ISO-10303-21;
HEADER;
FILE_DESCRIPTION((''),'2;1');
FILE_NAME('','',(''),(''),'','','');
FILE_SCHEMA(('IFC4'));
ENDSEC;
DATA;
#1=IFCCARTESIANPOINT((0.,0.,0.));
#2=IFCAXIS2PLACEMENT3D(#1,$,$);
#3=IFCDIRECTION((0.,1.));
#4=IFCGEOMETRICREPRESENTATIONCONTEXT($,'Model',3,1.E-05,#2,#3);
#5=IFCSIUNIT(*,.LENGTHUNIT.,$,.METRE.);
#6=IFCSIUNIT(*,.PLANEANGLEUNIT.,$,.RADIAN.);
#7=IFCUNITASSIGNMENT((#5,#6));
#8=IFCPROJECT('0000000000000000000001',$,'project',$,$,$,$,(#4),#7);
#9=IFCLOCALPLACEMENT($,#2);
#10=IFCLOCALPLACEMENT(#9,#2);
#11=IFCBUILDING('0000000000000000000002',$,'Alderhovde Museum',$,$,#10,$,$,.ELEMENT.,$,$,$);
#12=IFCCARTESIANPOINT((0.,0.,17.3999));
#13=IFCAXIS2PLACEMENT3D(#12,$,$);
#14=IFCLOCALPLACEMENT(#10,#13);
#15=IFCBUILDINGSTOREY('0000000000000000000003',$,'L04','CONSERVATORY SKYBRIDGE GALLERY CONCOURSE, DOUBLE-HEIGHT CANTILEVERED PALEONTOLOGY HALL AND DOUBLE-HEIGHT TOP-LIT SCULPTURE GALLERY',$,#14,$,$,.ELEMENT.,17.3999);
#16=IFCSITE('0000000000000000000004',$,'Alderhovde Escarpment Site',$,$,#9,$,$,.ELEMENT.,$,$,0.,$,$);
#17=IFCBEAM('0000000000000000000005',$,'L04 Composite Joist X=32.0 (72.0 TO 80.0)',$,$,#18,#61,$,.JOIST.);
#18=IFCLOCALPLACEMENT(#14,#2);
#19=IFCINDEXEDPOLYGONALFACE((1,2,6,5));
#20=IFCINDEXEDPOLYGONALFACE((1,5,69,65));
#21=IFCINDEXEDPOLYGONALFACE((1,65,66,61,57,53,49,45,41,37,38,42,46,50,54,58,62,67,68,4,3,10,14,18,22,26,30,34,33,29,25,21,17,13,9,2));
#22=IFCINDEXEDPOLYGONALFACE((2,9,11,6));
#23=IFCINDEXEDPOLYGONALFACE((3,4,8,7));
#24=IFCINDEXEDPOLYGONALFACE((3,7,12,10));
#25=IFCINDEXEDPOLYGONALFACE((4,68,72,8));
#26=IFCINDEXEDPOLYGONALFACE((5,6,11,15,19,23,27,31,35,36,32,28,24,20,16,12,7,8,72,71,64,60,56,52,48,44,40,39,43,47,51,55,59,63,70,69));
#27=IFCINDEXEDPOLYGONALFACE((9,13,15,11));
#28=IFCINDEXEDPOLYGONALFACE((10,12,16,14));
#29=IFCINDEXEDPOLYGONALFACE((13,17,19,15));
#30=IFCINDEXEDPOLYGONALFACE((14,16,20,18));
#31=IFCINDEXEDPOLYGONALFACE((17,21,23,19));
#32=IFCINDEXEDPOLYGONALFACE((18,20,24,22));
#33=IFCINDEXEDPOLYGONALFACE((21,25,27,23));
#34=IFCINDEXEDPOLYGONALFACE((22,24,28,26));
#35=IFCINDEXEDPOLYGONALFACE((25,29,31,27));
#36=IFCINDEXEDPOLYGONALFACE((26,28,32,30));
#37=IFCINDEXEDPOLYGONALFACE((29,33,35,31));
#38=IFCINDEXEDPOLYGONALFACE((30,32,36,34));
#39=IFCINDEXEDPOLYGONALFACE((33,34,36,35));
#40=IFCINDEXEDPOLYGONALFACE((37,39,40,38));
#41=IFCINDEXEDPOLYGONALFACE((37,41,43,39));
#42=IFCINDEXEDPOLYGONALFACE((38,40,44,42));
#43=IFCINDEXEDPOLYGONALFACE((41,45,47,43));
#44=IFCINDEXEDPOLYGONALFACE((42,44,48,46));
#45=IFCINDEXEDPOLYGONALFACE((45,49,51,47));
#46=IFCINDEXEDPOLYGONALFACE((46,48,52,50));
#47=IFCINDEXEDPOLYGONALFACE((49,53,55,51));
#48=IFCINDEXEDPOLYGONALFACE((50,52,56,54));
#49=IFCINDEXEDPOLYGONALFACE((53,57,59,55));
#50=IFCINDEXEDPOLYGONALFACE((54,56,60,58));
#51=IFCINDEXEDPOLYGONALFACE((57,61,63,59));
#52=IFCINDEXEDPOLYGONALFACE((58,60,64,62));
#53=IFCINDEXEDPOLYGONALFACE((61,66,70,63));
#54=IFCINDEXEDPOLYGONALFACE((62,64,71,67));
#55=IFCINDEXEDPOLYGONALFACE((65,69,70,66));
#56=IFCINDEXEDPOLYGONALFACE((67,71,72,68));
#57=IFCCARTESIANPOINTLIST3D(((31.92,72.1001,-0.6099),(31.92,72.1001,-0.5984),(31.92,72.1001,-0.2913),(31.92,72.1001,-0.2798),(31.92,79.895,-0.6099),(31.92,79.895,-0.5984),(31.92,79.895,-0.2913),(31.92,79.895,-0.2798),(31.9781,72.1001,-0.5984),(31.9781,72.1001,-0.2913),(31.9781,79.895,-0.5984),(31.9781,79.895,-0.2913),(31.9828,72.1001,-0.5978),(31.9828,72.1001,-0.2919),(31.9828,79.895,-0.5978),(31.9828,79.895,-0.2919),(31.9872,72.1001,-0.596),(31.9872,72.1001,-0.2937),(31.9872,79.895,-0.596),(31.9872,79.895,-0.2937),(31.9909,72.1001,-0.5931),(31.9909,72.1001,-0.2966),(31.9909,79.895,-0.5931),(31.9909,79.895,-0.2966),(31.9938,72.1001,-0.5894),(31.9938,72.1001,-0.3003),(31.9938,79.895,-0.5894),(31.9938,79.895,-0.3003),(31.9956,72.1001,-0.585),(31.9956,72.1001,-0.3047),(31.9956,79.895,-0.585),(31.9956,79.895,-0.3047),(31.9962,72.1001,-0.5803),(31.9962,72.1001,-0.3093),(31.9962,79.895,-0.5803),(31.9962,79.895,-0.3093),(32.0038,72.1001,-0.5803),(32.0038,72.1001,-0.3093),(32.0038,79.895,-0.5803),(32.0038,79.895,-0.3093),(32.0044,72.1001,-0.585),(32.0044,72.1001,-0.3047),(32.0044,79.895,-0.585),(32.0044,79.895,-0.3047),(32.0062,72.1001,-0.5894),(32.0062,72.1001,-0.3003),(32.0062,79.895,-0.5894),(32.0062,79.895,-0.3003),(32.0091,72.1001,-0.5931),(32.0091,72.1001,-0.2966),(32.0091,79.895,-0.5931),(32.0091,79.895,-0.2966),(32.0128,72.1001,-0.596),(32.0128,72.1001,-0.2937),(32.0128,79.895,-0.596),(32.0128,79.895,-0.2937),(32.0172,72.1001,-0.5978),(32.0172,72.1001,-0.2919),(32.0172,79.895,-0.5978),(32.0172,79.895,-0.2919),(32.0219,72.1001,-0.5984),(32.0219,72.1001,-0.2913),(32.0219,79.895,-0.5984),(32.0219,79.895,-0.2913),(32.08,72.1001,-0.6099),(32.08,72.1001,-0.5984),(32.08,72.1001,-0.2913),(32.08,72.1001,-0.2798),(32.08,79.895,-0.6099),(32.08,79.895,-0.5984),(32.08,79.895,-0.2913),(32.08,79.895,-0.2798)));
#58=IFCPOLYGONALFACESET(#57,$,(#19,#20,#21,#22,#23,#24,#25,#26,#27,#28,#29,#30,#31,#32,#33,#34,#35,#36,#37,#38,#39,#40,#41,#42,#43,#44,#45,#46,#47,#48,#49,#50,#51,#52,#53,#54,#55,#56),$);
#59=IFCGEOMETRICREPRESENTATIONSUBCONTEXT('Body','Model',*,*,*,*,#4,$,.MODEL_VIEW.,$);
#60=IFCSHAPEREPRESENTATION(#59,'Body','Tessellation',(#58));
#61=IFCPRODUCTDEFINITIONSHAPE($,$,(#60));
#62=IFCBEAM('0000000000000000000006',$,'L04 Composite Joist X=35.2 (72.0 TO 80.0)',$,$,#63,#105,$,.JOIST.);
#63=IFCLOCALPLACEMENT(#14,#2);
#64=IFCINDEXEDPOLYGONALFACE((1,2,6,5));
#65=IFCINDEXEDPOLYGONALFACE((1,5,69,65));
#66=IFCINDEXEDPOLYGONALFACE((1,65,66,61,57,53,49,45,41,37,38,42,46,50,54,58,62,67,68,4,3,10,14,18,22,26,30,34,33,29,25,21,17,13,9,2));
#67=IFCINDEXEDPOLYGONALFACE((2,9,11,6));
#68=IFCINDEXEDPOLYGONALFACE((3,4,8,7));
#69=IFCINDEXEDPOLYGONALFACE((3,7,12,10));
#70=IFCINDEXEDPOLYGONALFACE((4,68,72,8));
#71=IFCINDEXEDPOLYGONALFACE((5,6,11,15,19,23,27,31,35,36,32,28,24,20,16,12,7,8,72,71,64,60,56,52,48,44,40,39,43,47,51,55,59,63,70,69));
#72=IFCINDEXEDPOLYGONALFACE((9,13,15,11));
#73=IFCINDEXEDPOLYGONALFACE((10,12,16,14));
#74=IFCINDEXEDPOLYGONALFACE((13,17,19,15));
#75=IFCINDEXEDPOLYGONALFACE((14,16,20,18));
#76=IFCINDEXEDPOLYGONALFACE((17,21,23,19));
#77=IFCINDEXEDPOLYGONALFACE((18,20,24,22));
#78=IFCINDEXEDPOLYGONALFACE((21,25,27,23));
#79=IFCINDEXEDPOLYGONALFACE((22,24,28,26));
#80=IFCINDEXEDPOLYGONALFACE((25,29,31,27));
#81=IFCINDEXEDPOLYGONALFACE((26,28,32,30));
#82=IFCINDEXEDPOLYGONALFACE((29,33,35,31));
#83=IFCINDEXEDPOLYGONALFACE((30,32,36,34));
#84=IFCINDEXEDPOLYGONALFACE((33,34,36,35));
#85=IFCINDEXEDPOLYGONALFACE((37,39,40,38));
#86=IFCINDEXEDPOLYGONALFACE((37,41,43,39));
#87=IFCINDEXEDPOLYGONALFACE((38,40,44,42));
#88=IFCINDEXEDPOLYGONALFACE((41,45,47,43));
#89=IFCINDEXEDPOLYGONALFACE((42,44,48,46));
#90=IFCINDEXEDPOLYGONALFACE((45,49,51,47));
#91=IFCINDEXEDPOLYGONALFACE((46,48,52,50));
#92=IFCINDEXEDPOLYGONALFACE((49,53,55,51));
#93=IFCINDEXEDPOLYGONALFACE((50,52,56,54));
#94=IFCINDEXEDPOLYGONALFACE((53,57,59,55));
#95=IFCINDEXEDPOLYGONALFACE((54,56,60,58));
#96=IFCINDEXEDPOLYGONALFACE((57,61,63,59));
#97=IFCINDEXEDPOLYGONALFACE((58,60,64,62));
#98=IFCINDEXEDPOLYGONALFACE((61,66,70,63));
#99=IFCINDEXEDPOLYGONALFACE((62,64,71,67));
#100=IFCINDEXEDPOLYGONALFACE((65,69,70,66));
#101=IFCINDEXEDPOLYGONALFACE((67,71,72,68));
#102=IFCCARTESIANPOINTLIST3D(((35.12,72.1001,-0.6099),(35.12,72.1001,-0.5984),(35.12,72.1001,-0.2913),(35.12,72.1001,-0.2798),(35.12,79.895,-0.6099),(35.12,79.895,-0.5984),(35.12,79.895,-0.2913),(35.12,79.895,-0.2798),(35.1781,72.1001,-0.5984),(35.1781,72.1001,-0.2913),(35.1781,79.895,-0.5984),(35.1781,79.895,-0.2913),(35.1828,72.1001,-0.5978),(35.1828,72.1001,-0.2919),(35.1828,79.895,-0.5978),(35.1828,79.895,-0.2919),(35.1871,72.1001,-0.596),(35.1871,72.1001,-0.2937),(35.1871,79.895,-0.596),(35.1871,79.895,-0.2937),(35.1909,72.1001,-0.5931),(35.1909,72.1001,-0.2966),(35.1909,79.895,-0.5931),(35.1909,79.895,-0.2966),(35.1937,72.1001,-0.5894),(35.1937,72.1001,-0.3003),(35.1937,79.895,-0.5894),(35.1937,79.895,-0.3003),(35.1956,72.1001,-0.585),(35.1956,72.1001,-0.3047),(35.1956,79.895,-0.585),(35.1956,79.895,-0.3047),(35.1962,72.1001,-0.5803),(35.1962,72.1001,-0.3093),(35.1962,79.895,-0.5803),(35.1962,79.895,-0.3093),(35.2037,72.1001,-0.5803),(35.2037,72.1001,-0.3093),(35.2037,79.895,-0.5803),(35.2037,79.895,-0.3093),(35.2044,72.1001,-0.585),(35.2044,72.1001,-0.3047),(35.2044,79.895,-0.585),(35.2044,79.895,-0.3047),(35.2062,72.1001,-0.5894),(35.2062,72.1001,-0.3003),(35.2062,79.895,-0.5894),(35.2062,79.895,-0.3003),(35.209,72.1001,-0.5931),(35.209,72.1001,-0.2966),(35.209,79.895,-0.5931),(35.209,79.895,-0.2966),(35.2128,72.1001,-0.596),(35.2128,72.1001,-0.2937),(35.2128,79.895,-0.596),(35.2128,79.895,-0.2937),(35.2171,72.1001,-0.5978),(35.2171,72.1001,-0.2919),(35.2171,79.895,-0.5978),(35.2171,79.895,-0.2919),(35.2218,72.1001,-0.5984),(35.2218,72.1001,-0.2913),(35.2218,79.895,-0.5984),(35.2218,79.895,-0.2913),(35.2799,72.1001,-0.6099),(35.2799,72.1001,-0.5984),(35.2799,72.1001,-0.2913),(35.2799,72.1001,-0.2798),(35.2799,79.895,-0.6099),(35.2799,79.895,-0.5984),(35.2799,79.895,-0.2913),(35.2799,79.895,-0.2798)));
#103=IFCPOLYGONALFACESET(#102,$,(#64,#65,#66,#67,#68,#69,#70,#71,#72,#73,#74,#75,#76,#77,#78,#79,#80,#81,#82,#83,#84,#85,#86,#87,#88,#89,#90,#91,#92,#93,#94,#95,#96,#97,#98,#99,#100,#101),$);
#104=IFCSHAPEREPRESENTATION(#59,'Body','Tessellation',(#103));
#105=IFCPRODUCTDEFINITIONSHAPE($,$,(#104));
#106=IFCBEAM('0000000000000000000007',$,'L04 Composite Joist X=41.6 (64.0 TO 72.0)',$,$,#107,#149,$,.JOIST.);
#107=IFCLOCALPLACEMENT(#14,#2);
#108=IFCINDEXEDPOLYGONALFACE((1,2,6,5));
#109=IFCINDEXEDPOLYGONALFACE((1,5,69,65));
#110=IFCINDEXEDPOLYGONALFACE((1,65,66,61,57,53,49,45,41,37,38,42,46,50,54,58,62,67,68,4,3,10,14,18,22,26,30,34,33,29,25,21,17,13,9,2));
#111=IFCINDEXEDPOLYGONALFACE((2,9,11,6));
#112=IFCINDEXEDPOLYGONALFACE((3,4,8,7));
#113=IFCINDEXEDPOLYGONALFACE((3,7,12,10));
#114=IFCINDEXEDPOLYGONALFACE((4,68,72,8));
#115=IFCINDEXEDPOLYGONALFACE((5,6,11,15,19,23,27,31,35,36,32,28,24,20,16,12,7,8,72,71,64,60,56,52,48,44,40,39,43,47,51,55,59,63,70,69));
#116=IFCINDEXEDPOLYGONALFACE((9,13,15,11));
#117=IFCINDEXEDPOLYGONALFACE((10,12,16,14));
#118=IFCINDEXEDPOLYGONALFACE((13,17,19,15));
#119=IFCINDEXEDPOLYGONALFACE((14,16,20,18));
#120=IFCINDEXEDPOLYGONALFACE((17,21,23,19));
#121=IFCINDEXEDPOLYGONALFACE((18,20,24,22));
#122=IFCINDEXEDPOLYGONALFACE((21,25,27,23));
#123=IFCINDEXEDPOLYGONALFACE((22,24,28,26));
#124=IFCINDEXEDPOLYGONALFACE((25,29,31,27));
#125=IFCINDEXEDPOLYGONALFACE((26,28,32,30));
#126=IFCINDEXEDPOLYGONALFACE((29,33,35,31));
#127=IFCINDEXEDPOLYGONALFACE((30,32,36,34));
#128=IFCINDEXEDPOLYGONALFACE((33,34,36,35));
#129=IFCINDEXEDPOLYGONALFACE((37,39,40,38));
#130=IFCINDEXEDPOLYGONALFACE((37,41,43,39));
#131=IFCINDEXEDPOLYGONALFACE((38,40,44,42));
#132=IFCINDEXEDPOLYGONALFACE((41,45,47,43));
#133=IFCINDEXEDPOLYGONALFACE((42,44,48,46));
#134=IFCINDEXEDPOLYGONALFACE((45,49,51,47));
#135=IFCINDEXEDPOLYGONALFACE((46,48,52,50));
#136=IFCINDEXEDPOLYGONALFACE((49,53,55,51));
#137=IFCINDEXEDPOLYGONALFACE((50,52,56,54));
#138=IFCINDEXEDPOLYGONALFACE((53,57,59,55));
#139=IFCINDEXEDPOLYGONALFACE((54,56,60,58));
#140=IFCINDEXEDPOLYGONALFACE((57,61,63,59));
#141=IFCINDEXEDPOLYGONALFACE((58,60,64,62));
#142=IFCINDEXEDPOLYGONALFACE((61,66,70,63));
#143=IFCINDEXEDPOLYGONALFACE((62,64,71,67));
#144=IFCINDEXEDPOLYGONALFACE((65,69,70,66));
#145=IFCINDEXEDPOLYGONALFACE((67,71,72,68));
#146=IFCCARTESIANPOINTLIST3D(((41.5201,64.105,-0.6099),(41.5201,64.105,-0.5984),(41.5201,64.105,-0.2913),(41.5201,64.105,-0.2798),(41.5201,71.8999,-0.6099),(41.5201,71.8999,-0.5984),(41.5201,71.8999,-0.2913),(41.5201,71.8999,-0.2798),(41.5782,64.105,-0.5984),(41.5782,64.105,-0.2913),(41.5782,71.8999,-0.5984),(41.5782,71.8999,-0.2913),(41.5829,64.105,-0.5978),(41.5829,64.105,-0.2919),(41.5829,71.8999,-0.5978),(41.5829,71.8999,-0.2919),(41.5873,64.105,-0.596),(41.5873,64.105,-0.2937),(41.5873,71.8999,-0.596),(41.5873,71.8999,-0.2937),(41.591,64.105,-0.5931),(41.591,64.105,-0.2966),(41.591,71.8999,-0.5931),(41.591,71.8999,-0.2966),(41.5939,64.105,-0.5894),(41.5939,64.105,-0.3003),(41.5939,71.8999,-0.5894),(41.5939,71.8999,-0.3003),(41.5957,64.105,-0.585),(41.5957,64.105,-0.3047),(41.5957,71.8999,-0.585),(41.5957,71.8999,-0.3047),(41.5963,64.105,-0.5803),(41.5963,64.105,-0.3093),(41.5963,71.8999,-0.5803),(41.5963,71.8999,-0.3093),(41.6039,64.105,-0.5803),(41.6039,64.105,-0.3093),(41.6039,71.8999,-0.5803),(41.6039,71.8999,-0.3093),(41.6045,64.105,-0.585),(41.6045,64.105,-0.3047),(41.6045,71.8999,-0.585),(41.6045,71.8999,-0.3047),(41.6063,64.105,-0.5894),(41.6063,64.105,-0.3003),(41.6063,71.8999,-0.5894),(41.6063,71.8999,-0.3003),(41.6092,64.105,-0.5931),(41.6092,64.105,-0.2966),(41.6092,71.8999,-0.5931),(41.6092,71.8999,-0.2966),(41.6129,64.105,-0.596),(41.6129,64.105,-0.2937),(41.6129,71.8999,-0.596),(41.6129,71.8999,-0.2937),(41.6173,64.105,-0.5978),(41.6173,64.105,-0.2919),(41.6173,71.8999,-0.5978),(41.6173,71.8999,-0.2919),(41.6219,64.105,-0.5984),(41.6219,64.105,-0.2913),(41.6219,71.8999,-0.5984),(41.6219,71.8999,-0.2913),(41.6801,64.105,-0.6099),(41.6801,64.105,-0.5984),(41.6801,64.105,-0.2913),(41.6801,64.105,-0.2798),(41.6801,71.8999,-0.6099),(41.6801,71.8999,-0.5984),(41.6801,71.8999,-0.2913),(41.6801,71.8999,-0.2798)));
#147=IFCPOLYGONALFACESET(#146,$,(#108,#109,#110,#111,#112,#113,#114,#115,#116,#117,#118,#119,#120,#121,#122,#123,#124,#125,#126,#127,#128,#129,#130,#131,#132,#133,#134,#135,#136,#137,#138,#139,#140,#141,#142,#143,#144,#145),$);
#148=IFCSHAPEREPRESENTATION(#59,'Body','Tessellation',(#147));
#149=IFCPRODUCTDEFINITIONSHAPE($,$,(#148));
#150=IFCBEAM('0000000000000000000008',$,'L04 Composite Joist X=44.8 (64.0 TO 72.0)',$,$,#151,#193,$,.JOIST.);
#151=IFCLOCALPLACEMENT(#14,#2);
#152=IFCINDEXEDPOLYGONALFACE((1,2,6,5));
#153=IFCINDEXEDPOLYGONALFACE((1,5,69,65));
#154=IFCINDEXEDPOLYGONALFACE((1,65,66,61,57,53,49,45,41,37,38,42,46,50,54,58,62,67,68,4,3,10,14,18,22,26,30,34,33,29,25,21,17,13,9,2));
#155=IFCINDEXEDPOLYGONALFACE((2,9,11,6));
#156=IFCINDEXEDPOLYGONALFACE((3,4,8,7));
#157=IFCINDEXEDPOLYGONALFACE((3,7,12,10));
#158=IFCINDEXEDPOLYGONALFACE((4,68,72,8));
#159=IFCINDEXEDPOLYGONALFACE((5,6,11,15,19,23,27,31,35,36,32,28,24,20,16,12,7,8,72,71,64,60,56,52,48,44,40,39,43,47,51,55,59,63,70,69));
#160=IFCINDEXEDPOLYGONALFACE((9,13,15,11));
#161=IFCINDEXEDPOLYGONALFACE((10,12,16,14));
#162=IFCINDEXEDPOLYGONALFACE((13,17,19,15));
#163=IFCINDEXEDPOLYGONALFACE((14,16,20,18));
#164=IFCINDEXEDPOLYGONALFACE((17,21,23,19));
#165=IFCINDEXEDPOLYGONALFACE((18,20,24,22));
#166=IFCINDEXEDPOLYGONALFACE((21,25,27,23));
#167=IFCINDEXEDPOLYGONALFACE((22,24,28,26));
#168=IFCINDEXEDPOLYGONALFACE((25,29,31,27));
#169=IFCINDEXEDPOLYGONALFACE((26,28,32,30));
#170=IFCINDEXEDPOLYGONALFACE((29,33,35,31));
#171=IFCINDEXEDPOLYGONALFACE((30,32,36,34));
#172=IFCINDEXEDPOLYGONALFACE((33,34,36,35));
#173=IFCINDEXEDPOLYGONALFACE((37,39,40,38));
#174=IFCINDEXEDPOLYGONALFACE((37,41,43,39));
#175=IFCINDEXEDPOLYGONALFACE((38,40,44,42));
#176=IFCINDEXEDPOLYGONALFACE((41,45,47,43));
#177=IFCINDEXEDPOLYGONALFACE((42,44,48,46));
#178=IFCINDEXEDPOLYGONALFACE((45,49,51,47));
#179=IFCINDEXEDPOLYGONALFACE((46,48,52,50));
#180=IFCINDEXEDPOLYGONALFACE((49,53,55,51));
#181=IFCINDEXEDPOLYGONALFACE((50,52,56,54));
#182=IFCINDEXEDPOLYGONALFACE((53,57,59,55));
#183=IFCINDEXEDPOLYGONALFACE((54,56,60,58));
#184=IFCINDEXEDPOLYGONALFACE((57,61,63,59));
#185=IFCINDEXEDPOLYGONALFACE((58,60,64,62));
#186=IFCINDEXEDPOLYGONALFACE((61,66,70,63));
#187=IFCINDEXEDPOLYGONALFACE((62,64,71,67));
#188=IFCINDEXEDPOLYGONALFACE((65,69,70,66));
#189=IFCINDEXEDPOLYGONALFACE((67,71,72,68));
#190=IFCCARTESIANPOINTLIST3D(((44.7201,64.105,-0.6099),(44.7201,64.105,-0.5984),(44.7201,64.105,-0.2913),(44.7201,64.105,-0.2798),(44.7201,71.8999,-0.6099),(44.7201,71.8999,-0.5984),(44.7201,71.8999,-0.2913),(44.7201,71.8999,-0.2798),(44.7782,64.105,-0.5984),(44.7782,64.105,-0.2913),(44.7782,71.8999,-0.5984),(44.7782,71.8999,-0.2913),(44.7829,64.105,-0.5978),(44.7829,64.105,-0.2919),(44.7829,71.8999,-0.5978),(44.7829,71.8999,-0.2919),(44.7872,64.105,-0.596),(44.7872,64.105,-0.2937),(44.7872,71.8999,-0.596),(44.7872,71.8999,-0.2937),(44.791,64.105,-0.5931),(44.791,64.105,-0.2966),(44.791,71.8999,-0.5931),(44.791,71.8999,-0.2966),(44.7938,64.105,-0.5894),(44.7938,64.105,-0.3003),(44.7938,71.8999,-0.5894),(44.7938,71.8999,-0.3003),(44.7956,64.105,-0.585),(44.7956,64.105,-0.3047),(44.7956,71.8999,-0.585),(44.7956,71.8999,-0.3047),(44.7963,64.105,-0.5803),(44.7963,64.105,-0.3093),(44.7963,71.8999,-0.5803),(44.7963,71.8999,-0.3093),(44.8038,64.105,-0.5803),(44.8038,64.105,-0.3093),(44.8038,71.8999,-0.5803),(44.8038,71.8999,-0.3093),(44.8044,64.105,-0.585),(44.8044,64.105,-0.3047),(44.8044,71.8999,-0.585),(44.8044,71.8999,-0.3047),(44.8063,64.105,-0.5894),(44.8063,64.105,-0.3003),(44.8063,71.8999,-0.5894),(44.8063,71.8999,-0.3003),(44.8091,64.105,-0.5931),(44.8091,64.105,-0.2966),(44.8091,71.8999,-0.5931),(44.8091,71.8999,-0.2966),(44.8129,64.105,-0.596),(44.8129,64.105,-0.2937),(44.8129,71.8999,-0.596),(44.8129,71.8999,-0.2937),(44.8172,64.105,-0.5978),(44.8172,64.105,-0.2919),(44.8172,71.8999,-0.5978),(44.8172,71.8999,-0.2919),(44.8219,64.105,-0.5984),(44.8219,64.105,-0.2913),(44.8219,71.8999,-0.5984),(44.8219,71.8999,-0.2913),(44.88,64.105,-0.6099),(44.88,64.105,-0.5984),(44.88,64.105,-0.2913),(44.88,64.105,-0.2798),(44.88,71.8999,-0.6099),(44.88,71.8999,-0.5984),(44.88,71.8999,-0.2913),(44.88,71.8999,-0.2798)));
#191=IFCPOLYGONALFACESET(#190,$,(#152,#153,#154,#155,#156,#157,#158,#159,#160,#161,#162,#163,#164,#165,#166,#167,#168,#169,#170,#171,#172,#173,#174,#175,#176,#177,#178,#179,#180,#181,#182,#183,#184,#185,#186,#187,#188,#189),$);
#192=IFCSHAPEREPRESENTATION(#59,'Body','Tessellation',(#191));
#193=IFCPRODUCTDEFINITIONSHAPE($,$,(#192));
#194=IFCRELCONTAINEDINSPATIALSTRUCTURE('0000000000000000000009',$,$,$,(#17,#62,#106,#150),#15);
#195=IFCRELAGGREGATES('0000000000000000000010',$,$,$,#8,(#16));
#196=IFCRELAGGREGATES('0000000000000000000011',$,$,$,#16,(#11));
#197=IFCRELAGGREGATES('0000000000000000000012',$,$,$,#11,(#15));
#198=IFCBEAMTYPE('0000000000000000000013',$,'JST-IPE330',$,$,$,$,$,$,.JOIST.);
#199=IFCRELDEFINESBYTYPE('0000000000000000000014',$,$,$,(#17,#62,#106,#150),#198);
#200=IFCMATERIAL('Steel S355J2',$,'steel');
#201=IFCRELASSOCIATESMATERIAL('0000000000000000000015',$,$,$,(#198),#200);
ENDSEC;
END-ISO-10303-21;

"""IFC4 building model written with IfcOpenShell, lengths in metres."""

from ifc_helpers import new_model, si_unit, direction, frame, origin, origin_2d, place, context, subcontext, project, spatial, i_section, extrude, material, material_profile, profile_set, type_object, element, save


model = new_model("IFC4")

# Units and contexts
model_context = context("Model", 3, precision=1e-05, world=origin(), true_north=direction((0.0, 1.0)))
body_context = subcontext(model_context, "Body", "Model", "MODEL_VIEW")
ifc_project = project(units=[si_unit("LENGTHUNIT", "METRE"), si_unit("PLANEANGLEUNIT", "RADIAN")], contexts=[model_context])

# Site, building, storey
site_placement = place(None, origin())
site = spatial("IfcSite", under=ifc_project, at=site_placement, Name="Alderhovde Escarpment Site", CompositionType="ELEMENT", RefElevation=0.0)
building_placement = place(site_placement, origin())
building = spatial("IfcBuilding", under=site, at=building_placement, Name="Alderhovde Museum", CompositionType="ELEMENT")
storey_placement = place(building_placement, frame((0.0, 0.0, 17.3999)))
storey = spatial("IfcBuildingStorey", under=building, at=storey_placement, Name="L04", Description="CONSERVATORY SKYBRIDGE GALLERY CONCOURSE, DOUBLE-HEIGHT CANTILEVERED PALEONTOLOGY HALL AND DOUBLE-HEIGHT TOP-LIT SCULPTURE GALLERY", CompositionType="ELEMENT", Elevation=17.3999)

# Beams
ifc_material_1 = material(Name="Steel S355J2", Category="steel")
ifc_material_profile_1 = material_profile(ifc_material_1, i_section(OverallWidth=0.1599, OverallDepth=0.3301, WebThickness=0.0076, FlangeThickness=0.0115, FilletRadius=0.0181, at=origin_2d()), Name="IPE 330")
ifc_profile_set_1 = profile_set([ifc_material_profile_1], Name="Steel S355J2")
beam_type_1 = type_object("IfcBeamType", Name="JST-IPE330", PredefinedType="JOIST", material=ifc_profile_set_1)
for number, where, z_axis, x_axis, name in (
    (1, (32.0, 72.1001, -0.4448), (0.0, 1.0, 0.0), (-1.0, 0.0, 0.0), "L04 Composite Joist X=32.0 (72.0 TO 80.0)"),
    (2, (35.2, 72.1001, -0.4448), (0.0, 1.0, 0.0), (-1.0, 0.0, 0.0), "L04 Composite Joist X=35.2 (72.0 TO 80.0)"),
    (3, (41.6001, 64.105, -0.4448), (0.0, 1.0, 0.0), (-1.0, 0.0, 0.0), "L04 Composite Joist X=41.6 (64.0 TO 72.0)"),
    (4, (44.8, 64.105, -0.4448), (0.0, 1.0, 0.0), (-1.0, 0.0, 0.0), "L04 Composite Joist X=44.8 (64.0 TO 72.0)"),
):
    element("IfcBeam", number, at=place(storey_placement, frame(where, z_axis=z_axis, x_axis=x_axis)), inside=storey, type_object=beam_type_1, Name=name, PredefinedType="JOIST", context=body_context, shape_type="SweptSolid", body=[
        extrude(i_section(OverallWidth=0.1599, OverallDepth=0.3301, WebThickness=0.0076, FlangeThickness=0.0115, FilletRadius=0.0181, at=origin_2d()), origin(), (0.0, 0.0, 1.0), 7.7949),
    ])

save(model, "model.ifc")
